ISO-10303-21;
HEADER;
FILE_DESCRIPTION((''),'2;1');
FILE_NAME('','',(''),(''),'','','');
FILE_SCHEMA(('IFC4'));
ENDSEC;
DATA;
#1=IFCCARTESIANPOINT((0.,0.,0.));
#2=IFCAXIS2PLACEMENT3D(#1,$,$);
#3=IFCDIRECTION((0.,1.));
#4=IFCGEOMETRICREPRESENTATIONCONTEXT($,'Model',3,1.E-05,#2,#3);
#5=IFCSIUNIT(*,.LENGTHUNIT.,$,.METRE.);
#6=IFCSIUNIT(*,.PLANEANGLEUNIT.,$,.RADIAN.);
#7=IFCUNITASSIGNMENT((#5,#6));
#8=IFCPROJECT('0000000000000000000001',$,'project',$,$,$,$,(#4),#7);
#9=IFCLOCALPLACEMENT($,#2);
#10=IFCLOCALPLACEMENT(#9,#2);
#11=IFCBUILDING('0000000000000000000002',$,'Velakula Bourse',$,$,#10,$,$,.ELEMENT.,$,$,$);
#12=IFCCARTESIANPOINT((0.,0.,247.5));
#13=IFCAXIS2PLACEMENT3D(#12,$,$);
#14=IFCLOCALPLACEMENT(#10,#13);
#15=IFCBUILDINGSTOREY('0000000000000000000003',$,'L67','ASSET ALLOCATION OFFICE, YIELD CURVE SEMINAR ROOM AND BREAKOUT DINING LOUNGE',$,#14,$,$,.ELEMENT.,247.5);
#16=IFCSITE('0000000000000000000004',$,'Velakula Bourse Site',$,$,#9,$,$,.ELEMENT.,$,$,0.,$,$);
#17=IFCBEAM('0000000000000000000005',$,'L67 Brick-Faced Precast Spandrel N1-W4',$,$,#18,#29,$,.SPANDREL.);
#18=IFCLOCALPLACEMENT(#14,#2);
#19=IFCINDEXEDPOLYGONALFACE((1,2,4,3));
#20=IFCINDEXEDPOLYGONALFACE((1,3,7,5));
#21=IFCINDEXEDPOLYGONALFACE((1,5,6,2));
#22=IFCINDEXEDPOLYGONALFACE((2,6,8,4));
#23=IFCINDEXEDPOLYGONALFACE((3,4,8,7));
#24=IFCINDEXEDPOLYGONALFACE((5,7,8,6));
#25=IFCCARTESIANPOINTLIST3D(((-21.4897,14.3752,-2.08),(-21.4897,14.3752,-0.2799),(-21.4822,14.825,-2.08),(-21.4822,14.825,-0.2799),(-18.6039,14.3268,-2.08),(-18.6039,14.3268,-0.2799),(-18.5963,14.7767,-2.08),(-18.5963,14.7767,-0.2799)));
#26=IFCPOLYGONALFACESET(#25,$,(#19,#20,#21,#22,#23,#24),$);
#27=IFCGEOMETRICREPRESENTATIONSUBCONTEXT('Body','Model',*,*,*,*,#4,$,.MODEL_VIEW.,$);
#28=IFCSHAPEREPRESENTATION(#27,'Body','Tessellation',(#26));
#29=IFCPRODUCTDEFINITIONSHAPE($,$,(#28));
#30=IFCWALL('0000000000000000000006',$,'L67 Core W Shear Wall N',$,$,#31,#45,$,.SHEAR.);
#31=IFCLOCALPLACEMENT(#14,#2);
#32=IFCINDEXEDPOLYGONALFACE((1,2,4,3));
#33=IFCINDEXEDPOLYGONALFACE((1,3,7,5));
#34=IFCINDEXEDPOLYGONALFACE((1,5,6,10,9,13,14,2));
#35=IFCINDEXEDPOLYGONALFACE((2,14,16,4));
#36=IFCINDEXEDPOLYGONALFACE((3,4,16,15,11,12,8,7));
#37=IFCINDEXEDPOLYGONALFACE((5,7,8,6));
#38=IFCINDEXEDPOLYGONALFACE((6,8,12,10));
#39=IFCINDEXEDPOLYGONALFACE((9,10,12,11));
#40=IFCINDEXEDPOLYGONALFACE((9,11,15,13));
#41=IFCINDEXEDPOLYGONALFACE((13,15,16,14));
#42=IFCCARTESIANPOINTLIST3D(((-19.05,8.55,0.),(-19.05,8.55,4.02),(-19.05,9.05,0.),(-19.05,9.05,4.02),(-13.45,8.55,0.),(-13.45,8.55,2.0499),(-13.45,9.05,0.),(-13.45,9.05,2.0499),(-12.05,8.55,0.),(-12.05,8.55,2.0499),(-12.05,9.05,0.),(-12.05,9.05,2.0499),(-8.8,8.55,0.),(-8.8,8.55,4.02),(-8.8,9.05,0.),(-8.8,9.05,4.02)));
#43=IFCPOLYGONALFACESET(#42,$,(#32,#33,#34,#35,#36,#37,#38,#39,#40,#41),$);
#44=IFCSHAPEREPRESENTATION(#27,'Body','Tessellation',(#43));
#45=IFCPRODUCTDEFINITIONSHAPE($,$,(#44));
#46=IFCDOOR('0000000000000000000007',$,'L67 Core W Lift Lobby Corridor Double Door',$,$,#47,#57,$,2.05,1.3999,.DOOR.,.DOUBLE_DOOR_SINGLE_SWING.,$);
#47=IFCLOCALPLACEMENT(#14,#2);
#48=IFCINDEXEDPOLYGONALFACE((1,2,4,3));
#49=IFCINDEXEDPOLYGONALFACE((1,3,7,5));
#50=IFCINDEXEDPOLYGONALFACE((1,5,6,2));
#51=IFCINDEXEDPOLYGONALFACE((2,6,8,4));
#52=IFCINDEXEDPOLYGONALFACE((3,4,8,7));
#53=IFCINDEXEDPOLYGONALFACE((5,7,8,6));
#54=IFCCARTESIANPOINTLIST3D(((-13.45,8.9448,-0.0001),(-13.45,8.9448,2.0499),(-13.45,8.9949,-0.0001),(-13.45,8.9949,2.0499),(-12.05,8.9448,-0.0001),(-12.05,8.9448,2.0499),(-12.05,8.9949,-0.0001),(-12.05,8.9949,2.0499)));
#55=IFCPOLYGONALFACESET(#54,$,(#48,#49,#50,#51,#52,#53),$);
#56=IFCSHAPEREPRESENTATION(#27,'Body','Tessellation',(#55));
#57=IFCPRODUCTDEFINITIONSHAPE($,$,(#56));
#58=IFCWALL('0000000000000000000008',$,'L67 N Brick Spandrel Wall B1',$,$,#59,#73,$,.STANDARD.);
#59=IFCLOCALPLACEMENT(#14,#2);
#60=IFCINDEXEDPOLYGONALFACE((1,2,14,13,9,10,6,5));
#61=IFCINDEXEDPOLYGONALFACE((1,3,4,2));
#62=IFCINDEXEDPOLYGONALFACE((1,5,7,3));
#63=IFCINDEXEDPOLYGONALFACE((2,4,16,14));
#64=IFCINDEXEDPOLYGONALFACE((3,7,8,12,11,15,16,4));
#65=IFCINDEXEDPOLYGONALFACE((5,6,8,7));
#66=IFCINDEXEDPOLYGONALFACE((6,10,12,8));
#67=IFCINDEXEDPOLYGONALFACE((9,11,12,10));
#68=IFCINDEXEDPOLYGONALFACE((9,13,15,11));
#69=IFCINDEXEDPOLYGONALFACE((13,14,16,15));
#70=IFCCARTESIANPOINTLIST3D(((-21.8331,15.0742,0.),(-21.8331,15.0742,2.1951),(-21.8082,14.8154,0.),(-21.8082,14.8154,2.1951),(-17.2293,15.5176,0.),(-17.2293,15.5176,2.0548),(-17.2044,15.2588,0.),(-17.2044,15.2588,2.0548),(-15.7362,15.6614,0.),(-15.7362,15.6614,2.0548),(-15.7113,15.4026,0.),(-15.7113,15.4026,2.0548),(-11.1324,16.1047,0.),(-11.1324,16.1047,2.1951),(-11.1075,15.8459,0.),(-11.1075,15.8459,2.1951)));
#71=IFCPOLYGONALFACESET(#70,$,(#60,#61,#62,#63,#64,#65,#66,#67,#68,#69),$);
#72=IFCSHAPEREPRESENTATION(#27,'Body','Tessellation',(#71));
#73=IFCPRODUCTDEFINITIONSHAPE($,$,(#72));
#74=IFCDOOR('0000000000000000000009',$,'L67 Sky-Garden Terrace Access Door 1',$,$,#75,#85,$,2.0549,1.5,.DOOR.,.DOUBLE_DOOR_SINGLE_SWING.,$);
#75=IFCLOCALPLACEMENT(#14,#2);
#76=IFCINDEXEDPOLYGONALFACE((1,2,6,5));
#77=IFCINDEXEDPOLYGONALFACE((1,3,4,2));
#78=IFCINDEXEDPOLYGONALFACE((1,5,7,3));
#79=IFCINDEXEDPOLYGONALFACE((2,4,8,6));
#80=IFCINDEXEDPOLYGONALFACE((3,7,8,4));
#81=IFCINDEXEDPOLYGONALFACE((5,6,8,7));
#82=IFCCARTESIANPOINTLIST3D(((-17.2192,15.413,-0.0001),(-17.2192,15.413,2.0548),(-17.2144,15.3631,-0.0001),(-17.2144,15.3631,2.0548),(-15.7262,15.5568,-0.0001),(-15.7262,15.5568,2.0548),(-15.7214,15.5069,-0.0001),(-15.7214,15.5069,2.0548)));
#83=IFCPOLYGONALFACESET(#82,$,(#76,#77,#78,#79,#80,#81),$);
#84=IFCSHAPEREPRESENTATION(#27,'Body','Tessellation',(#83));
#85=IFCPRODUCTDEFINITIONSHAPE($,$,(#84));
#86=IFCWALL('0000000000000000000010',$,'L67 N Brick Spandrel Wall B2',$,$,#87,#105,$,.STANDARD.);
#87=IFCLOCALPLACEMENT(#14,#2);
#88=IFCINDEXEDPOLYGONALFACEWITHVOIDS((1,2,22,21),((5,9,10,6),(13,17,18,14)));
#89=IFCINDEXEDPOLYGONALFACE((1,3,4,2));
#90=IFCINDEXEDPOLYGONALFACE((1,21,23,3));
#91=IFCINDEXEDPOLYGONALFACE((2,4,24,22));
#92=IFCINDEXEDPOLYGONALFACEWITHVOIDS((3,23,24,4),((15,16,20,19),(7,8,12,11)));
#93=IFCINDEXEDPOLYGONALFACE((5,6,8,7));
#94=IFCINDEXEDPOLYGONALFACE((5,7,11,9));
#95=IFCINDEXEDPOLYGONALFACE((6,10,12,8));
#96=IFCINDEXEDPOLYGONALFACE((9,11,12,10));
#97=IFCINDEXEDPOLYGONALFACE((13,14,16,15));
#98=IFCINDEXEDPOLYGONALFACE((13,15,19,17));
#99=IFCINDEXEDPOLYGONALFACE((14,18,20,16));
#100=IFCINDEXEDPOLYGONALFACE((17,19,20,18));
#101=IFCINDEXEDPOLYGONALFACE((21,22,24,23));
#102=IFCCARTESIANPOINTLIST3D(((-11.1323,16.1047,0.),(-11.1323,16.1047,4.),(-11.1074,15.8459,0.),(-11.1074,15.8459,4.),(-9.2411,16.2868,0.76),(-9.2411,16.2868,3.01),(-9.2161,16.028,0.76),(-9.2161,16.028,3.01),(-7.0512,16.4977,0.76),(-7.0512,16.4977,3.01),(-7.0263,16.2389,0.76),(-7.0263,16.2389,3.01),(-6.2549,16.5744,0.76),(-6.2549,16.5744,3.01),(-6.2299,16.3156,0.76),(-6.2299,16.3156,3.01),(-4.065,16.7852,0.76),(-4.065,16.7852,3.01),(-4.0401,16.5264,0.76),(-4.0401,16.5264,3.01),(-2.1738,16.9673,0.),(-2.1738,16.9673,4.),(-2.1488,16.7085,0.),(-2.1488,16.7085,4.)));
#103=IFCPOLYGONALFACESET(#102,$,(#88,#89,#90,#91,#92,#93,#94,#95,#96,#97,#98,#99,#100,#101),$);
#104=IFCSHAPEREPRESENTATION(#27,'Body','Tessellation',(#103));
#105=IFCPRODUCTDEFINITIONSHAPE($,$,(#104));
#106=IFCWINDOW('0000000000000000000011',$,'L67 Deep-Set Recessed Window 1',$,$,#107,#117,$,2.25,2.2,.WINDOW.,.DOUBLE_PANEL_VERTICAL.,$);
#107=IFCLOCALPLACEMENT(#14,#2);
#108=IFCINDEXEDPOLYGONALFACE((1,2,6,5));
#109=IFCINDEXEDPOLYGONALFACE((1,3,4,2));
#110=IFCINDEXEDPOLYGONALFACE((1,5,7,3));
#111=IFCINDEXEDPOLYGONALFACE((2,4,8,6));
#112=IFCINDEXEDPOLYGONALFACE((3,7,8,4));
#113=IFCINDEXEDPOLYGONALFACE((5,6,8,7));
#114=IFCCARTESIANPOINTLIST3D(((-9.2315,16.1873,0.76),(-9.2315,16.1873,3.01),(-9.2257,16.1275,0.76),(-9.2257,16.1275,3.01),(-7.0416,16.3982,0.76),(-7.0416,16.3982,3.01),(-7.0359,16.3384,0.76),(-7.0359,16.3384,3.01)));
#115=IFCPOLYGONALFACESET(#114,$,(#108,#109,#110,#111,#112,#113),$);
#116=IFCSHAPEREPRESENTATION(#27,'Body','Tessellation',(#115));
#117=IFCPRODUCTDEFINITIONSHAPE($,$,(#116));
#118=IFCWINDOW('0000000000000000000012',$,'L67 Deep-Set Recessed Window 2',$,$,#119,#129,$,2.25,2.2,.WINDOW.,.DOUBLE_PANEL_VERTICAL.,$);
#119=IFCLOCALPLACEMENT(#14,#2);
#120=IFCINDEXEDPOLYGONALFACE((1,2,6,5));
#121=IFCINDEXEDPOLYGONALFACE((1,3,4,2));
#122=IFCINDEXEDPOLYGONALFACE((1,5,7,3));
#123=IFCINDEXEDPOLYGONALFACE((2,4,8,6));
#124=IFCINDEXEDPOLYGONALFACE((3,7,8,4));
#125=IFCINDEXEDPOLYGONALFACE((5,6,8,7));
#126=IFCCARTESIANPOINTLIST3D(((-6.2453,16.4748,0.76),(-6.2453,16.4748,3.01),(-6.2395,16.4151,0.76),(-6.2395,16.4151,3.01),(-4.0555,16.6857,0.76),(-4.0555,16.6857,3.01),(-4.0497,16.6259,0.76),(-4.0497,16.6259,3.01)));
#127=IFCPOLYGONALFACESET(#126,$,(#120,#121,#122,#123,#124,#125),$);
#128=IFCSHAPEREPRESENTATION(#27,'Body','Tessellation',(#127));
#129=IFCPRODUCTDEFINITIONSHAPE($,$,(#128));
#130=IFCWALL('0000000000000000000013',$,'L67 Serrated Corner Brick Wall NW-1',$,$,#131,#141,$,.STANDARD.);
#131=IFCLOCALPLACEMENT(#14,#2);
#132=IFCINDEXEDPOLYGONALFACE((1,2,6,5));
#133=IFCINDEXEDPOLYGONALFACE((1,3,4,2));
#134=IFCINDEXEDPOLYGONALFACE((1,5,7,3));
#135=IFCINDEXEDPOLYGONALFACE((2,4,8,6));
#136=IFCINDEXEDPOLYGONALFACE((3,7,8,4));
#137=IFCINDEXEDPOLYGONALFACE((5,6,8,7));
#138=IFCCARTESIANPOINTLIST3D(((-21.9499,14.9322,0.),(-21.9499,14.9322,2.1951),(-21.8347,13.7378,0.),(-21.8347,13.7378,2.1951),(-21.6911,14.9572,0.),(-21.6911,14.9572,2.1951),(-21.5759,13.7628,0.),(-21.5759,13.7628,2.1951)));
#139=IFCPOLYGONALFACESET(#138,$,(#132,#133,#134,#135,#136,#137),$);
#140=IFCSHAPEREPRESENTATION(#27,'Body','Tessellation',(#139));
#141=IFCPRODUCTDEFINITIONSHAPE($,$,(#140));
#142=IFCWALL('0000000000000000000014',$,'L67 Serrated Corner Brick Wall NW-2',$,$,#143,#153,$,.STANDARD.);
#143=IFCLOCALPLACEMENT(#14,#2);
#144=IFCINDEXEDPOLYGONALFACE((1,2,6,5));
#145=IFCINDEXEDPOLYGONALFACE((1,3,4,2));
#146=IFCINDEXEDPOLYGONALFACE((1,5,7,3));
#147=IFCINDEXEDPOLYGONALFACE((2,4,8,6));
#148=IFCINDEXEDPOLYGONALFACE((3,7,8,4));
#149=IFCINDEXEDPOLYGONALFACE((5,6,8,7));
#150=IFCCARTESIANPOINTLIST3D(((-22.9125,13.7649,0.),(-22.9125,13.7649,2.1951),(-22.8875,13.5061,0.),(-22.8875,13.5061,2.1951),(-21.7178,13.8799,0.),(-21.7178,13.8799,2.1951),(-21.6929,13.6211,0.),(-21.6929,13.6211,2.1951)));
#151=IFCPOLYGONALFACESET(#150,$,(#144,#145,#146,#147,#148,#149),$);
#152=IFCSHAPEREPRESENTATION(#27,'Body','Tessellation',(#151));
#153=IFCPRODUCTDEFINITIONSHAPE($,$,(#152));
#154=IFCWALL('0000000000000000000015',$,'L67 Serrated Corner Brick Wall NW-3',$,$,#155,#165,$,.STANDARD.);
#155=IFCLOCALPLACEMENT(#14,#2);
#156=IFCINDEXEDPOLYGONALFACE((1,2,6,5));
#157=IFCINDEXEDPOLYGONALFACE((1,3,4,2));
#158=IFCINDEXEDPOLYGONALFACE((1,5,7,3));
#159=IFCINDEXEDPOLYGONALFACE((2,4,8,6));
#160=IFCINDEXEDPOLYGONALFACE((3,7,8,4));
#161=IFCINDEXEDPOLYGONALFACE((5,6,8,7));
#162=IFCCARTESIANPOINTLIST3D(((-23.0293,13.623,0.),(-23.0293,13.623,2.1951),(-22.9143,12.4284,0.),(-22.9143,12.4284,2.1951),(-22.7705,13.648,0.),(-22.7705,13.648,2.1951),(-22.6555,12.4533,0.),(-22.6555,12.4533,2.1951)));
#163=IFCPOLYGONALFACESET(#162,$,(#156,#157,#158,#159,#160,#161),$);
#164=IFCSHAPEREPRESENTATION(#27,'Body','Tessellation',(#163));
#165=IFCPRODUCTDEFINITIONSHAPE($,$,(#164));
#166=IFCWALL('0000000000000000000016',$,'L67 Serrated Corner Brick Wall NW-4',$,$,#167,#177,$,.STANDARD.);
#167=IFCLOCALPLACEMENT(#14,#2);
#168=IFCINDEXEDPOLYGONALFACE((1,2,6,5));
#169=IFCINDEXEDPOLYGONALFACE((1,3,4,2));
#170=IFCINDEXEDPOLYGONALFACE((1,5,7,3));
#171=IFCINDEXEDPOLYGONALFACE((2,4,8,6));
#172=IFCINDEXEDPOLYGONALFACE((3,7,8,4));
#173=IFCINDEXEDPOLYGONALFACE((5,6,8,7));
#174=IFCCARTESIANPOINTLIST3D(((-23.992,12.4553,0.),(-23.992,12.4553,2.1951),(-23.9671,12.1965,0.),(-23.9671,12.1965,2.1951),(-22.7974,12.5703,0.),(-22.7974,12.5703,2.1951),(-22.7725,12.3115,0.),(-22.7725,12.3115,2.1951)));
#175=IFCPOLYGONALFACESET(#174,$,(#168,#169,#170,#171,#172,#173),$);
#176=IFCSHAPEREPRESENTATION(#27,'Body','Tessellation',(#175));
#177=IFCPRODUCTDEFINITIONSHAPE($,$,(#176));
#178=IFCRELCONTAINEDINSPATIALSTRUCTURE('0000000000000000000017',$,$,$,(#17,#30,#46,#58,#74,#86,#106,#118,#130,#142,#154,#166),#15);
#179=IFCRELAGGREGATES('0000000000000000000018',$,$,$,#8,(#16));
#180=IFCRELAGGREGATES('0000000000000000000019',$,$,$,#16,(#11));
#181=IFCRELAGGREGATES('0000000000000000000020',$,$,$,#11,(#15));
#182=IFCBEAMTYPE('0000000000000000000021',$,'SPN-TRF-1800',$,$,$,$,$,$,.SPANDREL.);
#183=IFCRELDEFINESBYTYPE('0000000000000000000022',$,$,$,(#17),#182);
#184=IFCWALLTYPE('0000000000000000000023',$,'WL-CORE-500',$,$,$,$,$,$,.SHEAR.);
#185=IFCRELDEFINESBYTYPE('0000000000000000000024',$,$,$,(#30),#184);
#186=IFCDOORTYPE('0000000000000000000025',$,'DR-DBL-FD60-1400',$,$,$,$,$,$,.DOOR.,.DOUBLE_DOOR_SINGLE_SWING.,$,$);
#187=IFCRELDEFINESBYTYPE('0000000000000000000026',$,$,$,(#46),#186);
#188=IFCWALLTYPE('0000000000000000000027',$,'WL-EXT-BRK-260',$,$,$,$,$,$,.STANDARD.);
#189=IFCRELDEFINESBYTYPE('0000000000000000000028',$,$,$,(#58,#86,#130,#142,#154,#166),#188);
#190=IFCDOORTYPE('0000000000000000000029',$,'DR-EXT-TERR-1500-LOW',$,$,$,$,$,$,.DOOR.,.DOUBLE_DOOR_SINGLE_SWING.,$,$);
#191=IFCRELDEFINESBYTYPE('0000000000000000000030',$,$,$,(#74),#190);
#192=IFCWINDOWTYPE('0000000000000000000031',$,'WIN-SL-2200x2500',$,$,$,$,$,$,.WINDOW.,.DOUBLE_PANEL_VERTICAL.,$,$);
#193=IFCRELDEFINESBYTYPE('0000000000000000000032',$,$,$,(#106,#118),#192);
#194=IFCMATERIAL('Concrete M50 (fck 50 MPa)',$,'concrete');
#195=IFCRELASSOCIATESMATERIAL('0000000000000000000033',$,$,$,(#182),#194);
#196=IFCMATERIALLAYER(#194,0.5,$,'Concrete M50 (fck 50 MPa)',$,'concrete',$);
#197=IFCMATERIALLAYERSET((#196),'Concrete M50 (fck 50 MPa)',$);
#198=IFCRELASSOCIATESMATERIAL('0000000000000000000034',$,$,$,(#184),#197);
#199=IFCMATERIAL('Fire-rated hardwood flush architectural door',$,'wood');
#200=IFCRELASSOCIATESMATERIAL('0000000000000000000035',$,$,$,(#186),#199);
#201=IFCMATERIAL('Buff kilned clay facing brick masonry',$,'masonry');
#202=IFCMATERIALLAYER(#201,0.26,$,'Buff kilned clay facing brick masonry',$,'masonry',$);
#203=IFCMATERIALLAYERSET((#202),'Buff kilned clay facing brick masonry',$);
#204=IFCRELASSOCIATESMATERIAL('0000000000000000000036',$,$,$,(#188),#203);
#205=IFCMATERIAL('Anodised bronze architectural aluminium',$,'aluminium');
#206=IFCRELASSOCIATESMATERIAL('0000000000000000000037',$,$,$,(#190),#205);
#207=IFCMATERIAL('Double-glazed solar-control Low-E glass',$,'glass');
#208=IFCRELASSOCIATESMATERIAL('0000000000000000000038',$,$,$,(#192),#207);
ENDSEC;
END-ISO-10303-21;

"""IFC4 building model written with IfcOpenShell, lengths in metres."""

from ifc_helpers import new_model, si_unit, direction, frame, frame_2d, origin, origin_2d, place, context, subcontext, project, spatial, rectangle, extrude, material, layer, layer_set, material_profile, profile_set, type_object, element, fill, save


model = new_model("IFC4")

# Units and contexts
model_context = context("Model", 3, precision=1e-05, world=origin(), true_north=direction((0.0, 1.0)))
body_context = subcontext(model_context, "Body", "Model", "MODEL_VIEW")
ifc_project = project(units=[si_unit("LENGTHUNIT", "METRE"), si_unit("PLANEANGLEUNIT", "RADIAN")], contexts=[model_context])

# Site, building, storey
site_placement = place(None, origin())
site = spatial("IfcSite", under=ifc_project, at=site_placement, Name="Velakula Bourse Site", CompositionType="ELEMENT", RefElevation=0.0)
building_placement = place(site_placement, origin())
building = spatial("IfcBuilding", under=site, at=building_placement, Name="Velakula Bourse", CompositionType="ELEMENT")
storey_placement = place(building_placement, frame((0.0, 0.0, 247.5)))
storey = spatial("IfcBuildingStorey", under=building, at=storey_placement, Name="L67", Description="ASSET ALLOCATION OFFICE, YIELD CURVE SEMINAR ROOM AND BREAKOUT DINING LOUNGE", CompositionType="ELEMENT", Elevation=247.5)

# Shared definitions
ifc_material_1 = material(Name="Concrete M50 (fck 50 MPa)", Category="concrete")

# Beam
ifc_material_profile_1 = material_profile(ifc_material_1, rectangle(XDim=0.45, YDim=1.8, at=origin_2d()), Name="Concrete M50 (fck 50 MPa)")
ifc_profile_set_1 = profile_set([ifc_material_profile_1], Name="Concrete M50 (fck 50 MPa)")
beam_type_1 = type_object("IfcBeamType", Name="SPN-TRF-1800", PredefinedType="SPANDREL", material=ifc_profile_set_1)
beam_1_placement = place(storey_placement, frame((-18.6001, 14.5518, -1.1799), z_axis=(-0.99986, 0.016749, 0.0), x_axis=(-0.016749, -0.99986, 0.0)))
element("IfcBeam", 1, at=beam_1_placement, inside=storey, type_object=beam_type_1, Name="L67 Brick-Faced Precast Spandrel N1-W4", PredefinedType="SPANDREL", context=body_context, shape_type="SweptSolid", body=[
    extrude(rectangle(XDim=0.45, YDim=1.8, at=origin_2d()), origin(), (0.0, 0.0, 1.0), 2.8862),
])

# Walls, openings, doors
ifc_layer_1 = layer(ifc_material_1, 0.5, Name="Concrete M50 (fck 50 MPa)", Category="concrete")
ifc_layer_set_1 = layer_set([ifc_layer_1], Name="Concrete M50 (fck 50 MPa)")
wall_type_1 = type_object("IfcWallType", Name="WL-CORE-500", PredefinedType="SHEAR", material=ifc_layer_set_1)
wall_1_placement = place(storey_placement, frame((-19.05, 8.8, 0.0), z_axis=(0.0, 0.0, 1.0), x_axis=(1.0, 0.0, 0.0)))
wall_1 = element("IfcWall", 2, at=wall_1_placement, inside=storey, type_object=wall_type_1, Name="L67 Core W Shear Wall N", PredefinedType="SHEAR", context=body_context, shape_type="SweptSolid", body=[
    extrude(rectangle(XDim=10.25, YDim=0.5, at=frame_2d((5.125, 0.0))), origin(), (0.0, 0.0, 1.0), 4.02),
])
opening_1_placement = place(wall_1_placement, frame((5.6001, 0.0, 0.0)))
opening_1 = element("IfcOpeningElement", 3, at=opening_1_placement, cuts=wall_1, PredefinedType="OPENING", context=body_context, shape_type="SweptSolid", body=[
    extrude(rectangle(XDim=1.3999, YDim=2.05, at=frame_2d((0.7, 1.0249))), frame((0.0, 0.26, 0.0), z_axis=(0.0, -1.0, 0.0), x_axis=(1.0, 0.0, 0.0)), (0.0, 0.0, 1.0), 0.52),
])
ifc_material_2 = material(Name="Fire-rated hardwood flush architectural door", Category="wood")
door_type_1 = type_object("IfcDoorType", Name="DR-DBL-FD60-1400", OperationType="DOUBLE_DOOR_SINGLE_SWING", PredefinedType="DOOR", material=ifc_material_2)
door_1_placement = place(opening_1_placement, origin())
door_1 = element("IfcDoor", 4, at=door_1_placement, inside=storey, type_object=door_type_1, Name="L67 Core W Lift Lobby Corridor Double Door", OperationType="DOUBLE_DOOR_SINGLE_SWING", OverallHeight=2.05, OverallWidth=1.3999, PredefinedType="DOOR", context=body_context, shape_type="SweptSolid", body=[
    extrude(rectangle(XDim=1.3999, YDim=2.05, at=frame_2d((0.7, 1.0249))), frame((0.0, 0.1948, 0.0), z_axis=(0.0, -1.0, 0.0), x_axis=(1.0, 0.0, 0.0)), (0.0, 0.0, 1.0), 0.05),
])
fill(opening_1, door_1)
ifc_material_3 = material(Name="Buff kilned clay facing brick masonry", Category="masonry")
ifc_layer_2 = layer(ifc_material_3, 0.26, Name="Buff kilned clay facing brick masonry", Category="masonry")
ifc_layer_set_2 = layer_set([ifc_layer_2], Name="Buff kilned clay facing brick masonry")
wall_type_2 = type_object("IfcWallType", Name="WL-EXT-BRK-260", PredefinedType="STANDARD", material=ifc_layer_set_2)
wall_2_placement = place(storey_placement, frame((-21.8206, 14.9448, 0.0), z_axis=(0.0, 0.0, 1.0), x_axis=(0.995395, 0.09586, 0.0)))
wall_2 = element("IfcWall", 5, at=wall_2_placement, inside=storey, type_object=wall_type_2, Name="L67 N Brick Spandrel Wall B1", PredefinedType="STANDARD", context=body_context, shape_type="SweptSolid", body=[
    extrude(rectangle(XDim=10.7502, YDim=0.26, at=frame_2d((5.375, 0.0))), origin(), (0.0, 0.0, 1.0), 2.1951),
])
opening_2_placement = place(wall_2_placement, frame((4.625, 0.0, 0.0)))
opening_2 = element("IfcOpeningElement", 6, at=opening_2_placement, cuts=wall_2, PredefinedType="OPENING", context=body_context, shape_type="SweptSolid", body=[
    extrude(rectangle(XDim=1.5, YDim=2.0549, at=frame_2d((0.75, 1.0273))), frame((0.0, 0.1399, 0.0), z_axis=(0.0, -1.0, 0.0), x_axis=(1.0, 0.0, 0.0)), (0.0, 0.0, 1.0), 0.28),
])
ifc_material_4 = material(Name="Anodised bronze architectural aluminium", Category="aluminium")
door_type_2 = type_object("IfcDoorType", Name="DR-EXT-TERR-1500-LOW", OperationType="DOUBLE_DOOR_SINGLE_SWING", PredefinedType="DOOR", material=ifc_material_4)
door_2_placement = place(opening_2_placement, origin())
door_2 = element("IfcDoor", 7, at=door_2_placement, inside=storey, type_object=door_type_2, Name="L67 Sky-Garden Terrace Access Door 1", OperationType="DOUBLE_DOOR_SINGLE_SWING", OverallHeight=2.0549, OverallWidth=1.5, PredefinedType="DOOR", context=body_context, shape_type="SweptSolid", body=[
    extrude(rectangle(XDim=1.5, YDim=2.0549, at=frame_2d((0.75, 1.0273))), frame((0.0, 0.0249, 0.0), z_axis=(0.0, -1.0, 0.0), x_axis=(1.0, 0.0, 0.0)), (0.0, 0.0, 1.0), 0.05),
])
fill(opening_2, door_2)

# Wall, openings, windows
wall_3_placement = place(storey_placement, frame((-11.1199, 15.9753, 0.0), z_axis=(0.0, 0.0, 1.0), x_axis=(0.995397, 0.09584, 0.0)))
wall_3 = element("IfcWall", 8, at=wall_3_placement, inside=storey, type_object=wall_type_2, Name="L67 N Brick Spandrel Wall B2", PredefinedType="STANDARD", context=body_context, shape_type="SweptSolid", body=[
    extrude(rectangle(XDim=9.0, YDim=0.26, at=frame_2d((4.5, 0.0))), origin(), (0.0, 0.0, 1.0), 4.0),
])
opening_3_placement = place(wall_3_placement, frame((1.8999, 0.0, 0.76)))
opening_3 = element("IfcOpeningElement", 9, at=opening_3_placement, cuts=wall_3, PredefinedType="OPENING", context=body_context, shape_type="SweptSolid", body=[
    extrude(rectangle(XDim=2.2, YDim=2.25, at=frame_2d((1.1001, 1.125))), frame((0.0, 0.1399, 0.0), z_axis=(0.0, -1.0, 0.0), x_axis=(1.0, 0.0, 0.0)), (0.0, 0.0, 1.0), 0.28),
])
opening_4_placement = place(wall_3_placement, frame((4.8999, 0.0, 0.76)))
opening_4 = element("IfcOpeningElement", 10, at=opening_4_placement, cuts=wall_3, PredefinedType="OPENING", context=body_context, shape_type="SweptSolid", body=[
    extrude(rectangle(XDim=2.2, YDim=2.25, at=frame_2d((1.1001, 1.125))), frame((0.0, 0.1399, 0.0), z_axis=(0.0, -1.0, 0.0), x_axis=(1.0, 0.0, 0.0)), (0.0, 0.0, 1.0), 0.28),
])
ifc_material_5 = material(Name="Double-glazed solar-control Low-E glass", Category="glass")
window_type = type_object("IfcWindowType", Name="WIN-SL-2200x2500", PartitioningType="DOUBLE_PANEL_VERTICAL", PredefinedType="WINDOW", material=ifc_material_5)
window_1_placement = place(opening_3_placement, origin())
window_1 = element("IfcWindow", 11, at=window_1_placement, inside=storey, type_object=window_type, Name="L67 Deep-Set Recessed Window 1", OverallHeight=2.25, OverallWidth=2.2, PartitioningType="DOUBLE_PANEL_VERTICAL", PredefinedType="WINDOW", context=body_context, shape_type="SweptSolid", body=[
    extrude(rectangle(XDim=2.2, YDim=2.25, at=frame_2d((1.1001, 1.125))), frame((0.0, 0.03, 0.0), z_axis=(0.0, -1.0, 0.0), x_axis=(1.0, 0.0, 0.0)), (0.0, 0.0, 1.0), 0.0601),
])
fill(opening_3, window_1)
window_2_placement = place(opening_4_placement, origin())
window_2 = element("IfcWindow", 12, at=window_2_placement, inside=storey, type_object=window_type, Name="L67 Deep-Set Recessed Window 2", OverallHeight=2.25, OverallWidth=2.2, PartitioningType="DOUBLE_PANEL_VERTICAL", PredefinedType="WINDOW", context=body_context, shape_type="SweptSolid", body=[
    extrude(rectangle(XDim=2.2, YDim=2.25, at=frame_2d((1.1001, 1.125))), frame((0.0, 0.03, 0.0), z_axis=(0.0, -1.0, 0.0), x_axis=(1.0, 0.0, 0.0)), (0.0, 0.0, 1.0), 0.0601),
])
fill(opening_4, window_2)

# Walls
wall_4_placement = place(storey_placement, frame((-21.8206, 14.9448, 0.0), z_axis=(0.0, 0.0, 1.0), x_axis=(0.096038, -0.995378, 0.0)))
element("IfcWall", 13, at=wall_4_placement, inside=storey, type_object=wall_type_2, Name="L67 Serrated Corner Brick Wall NW-1", PredefinedType="STANDARD", context=body_context, shape_type="SweptSolid", body=[
    extrude(rectangle(XDim=1.2, YDim=0.26, at=frame_2d((0.6001, 0.0))), origin(), (0.0, 0.0, 1.0), 2.1951),
])
for number, where, z_axis, x_axis, name in (
    (14, (-21.7053, 13.7505, 0.0), (0.0, 0.0, 1.0), (-0.995399, -0.095817, 0.0), "L67 Serrated Corner Brick Wall NW-2"),
    (15, (-22.8999, 13.6355, 0.0), (0.0, 0.0, 1.0), (0.095817, -0.995399, 0.0), "L67 Serrated Corner Brick Wall NW-3"),
    (16, (-22.7849, 12.4409, 0.0), (0.0, 0.0, 1.0), (-0.995399, -0.095817, 0.0), "L67 Serrated Corner Brick Wall NW-4"),
):
    element("IfcWall", number, at=place(storey_placement, frame(where, z_axis=z_axis, x_axis=x_axis)), inside=storey, type_object=wall_type_2, Name=name, PredefinedType="STANDARD", context=body_context, shape_type="SweptSolid", body=[
        extrude(rectangle(XDim=1.2002, YDim=0.26, at=frame_2d((0.6001, 0.0))), origin(), (0.0, 0.0, 1.0), 2.1951),
    ])

save(model, "model.ifc")
